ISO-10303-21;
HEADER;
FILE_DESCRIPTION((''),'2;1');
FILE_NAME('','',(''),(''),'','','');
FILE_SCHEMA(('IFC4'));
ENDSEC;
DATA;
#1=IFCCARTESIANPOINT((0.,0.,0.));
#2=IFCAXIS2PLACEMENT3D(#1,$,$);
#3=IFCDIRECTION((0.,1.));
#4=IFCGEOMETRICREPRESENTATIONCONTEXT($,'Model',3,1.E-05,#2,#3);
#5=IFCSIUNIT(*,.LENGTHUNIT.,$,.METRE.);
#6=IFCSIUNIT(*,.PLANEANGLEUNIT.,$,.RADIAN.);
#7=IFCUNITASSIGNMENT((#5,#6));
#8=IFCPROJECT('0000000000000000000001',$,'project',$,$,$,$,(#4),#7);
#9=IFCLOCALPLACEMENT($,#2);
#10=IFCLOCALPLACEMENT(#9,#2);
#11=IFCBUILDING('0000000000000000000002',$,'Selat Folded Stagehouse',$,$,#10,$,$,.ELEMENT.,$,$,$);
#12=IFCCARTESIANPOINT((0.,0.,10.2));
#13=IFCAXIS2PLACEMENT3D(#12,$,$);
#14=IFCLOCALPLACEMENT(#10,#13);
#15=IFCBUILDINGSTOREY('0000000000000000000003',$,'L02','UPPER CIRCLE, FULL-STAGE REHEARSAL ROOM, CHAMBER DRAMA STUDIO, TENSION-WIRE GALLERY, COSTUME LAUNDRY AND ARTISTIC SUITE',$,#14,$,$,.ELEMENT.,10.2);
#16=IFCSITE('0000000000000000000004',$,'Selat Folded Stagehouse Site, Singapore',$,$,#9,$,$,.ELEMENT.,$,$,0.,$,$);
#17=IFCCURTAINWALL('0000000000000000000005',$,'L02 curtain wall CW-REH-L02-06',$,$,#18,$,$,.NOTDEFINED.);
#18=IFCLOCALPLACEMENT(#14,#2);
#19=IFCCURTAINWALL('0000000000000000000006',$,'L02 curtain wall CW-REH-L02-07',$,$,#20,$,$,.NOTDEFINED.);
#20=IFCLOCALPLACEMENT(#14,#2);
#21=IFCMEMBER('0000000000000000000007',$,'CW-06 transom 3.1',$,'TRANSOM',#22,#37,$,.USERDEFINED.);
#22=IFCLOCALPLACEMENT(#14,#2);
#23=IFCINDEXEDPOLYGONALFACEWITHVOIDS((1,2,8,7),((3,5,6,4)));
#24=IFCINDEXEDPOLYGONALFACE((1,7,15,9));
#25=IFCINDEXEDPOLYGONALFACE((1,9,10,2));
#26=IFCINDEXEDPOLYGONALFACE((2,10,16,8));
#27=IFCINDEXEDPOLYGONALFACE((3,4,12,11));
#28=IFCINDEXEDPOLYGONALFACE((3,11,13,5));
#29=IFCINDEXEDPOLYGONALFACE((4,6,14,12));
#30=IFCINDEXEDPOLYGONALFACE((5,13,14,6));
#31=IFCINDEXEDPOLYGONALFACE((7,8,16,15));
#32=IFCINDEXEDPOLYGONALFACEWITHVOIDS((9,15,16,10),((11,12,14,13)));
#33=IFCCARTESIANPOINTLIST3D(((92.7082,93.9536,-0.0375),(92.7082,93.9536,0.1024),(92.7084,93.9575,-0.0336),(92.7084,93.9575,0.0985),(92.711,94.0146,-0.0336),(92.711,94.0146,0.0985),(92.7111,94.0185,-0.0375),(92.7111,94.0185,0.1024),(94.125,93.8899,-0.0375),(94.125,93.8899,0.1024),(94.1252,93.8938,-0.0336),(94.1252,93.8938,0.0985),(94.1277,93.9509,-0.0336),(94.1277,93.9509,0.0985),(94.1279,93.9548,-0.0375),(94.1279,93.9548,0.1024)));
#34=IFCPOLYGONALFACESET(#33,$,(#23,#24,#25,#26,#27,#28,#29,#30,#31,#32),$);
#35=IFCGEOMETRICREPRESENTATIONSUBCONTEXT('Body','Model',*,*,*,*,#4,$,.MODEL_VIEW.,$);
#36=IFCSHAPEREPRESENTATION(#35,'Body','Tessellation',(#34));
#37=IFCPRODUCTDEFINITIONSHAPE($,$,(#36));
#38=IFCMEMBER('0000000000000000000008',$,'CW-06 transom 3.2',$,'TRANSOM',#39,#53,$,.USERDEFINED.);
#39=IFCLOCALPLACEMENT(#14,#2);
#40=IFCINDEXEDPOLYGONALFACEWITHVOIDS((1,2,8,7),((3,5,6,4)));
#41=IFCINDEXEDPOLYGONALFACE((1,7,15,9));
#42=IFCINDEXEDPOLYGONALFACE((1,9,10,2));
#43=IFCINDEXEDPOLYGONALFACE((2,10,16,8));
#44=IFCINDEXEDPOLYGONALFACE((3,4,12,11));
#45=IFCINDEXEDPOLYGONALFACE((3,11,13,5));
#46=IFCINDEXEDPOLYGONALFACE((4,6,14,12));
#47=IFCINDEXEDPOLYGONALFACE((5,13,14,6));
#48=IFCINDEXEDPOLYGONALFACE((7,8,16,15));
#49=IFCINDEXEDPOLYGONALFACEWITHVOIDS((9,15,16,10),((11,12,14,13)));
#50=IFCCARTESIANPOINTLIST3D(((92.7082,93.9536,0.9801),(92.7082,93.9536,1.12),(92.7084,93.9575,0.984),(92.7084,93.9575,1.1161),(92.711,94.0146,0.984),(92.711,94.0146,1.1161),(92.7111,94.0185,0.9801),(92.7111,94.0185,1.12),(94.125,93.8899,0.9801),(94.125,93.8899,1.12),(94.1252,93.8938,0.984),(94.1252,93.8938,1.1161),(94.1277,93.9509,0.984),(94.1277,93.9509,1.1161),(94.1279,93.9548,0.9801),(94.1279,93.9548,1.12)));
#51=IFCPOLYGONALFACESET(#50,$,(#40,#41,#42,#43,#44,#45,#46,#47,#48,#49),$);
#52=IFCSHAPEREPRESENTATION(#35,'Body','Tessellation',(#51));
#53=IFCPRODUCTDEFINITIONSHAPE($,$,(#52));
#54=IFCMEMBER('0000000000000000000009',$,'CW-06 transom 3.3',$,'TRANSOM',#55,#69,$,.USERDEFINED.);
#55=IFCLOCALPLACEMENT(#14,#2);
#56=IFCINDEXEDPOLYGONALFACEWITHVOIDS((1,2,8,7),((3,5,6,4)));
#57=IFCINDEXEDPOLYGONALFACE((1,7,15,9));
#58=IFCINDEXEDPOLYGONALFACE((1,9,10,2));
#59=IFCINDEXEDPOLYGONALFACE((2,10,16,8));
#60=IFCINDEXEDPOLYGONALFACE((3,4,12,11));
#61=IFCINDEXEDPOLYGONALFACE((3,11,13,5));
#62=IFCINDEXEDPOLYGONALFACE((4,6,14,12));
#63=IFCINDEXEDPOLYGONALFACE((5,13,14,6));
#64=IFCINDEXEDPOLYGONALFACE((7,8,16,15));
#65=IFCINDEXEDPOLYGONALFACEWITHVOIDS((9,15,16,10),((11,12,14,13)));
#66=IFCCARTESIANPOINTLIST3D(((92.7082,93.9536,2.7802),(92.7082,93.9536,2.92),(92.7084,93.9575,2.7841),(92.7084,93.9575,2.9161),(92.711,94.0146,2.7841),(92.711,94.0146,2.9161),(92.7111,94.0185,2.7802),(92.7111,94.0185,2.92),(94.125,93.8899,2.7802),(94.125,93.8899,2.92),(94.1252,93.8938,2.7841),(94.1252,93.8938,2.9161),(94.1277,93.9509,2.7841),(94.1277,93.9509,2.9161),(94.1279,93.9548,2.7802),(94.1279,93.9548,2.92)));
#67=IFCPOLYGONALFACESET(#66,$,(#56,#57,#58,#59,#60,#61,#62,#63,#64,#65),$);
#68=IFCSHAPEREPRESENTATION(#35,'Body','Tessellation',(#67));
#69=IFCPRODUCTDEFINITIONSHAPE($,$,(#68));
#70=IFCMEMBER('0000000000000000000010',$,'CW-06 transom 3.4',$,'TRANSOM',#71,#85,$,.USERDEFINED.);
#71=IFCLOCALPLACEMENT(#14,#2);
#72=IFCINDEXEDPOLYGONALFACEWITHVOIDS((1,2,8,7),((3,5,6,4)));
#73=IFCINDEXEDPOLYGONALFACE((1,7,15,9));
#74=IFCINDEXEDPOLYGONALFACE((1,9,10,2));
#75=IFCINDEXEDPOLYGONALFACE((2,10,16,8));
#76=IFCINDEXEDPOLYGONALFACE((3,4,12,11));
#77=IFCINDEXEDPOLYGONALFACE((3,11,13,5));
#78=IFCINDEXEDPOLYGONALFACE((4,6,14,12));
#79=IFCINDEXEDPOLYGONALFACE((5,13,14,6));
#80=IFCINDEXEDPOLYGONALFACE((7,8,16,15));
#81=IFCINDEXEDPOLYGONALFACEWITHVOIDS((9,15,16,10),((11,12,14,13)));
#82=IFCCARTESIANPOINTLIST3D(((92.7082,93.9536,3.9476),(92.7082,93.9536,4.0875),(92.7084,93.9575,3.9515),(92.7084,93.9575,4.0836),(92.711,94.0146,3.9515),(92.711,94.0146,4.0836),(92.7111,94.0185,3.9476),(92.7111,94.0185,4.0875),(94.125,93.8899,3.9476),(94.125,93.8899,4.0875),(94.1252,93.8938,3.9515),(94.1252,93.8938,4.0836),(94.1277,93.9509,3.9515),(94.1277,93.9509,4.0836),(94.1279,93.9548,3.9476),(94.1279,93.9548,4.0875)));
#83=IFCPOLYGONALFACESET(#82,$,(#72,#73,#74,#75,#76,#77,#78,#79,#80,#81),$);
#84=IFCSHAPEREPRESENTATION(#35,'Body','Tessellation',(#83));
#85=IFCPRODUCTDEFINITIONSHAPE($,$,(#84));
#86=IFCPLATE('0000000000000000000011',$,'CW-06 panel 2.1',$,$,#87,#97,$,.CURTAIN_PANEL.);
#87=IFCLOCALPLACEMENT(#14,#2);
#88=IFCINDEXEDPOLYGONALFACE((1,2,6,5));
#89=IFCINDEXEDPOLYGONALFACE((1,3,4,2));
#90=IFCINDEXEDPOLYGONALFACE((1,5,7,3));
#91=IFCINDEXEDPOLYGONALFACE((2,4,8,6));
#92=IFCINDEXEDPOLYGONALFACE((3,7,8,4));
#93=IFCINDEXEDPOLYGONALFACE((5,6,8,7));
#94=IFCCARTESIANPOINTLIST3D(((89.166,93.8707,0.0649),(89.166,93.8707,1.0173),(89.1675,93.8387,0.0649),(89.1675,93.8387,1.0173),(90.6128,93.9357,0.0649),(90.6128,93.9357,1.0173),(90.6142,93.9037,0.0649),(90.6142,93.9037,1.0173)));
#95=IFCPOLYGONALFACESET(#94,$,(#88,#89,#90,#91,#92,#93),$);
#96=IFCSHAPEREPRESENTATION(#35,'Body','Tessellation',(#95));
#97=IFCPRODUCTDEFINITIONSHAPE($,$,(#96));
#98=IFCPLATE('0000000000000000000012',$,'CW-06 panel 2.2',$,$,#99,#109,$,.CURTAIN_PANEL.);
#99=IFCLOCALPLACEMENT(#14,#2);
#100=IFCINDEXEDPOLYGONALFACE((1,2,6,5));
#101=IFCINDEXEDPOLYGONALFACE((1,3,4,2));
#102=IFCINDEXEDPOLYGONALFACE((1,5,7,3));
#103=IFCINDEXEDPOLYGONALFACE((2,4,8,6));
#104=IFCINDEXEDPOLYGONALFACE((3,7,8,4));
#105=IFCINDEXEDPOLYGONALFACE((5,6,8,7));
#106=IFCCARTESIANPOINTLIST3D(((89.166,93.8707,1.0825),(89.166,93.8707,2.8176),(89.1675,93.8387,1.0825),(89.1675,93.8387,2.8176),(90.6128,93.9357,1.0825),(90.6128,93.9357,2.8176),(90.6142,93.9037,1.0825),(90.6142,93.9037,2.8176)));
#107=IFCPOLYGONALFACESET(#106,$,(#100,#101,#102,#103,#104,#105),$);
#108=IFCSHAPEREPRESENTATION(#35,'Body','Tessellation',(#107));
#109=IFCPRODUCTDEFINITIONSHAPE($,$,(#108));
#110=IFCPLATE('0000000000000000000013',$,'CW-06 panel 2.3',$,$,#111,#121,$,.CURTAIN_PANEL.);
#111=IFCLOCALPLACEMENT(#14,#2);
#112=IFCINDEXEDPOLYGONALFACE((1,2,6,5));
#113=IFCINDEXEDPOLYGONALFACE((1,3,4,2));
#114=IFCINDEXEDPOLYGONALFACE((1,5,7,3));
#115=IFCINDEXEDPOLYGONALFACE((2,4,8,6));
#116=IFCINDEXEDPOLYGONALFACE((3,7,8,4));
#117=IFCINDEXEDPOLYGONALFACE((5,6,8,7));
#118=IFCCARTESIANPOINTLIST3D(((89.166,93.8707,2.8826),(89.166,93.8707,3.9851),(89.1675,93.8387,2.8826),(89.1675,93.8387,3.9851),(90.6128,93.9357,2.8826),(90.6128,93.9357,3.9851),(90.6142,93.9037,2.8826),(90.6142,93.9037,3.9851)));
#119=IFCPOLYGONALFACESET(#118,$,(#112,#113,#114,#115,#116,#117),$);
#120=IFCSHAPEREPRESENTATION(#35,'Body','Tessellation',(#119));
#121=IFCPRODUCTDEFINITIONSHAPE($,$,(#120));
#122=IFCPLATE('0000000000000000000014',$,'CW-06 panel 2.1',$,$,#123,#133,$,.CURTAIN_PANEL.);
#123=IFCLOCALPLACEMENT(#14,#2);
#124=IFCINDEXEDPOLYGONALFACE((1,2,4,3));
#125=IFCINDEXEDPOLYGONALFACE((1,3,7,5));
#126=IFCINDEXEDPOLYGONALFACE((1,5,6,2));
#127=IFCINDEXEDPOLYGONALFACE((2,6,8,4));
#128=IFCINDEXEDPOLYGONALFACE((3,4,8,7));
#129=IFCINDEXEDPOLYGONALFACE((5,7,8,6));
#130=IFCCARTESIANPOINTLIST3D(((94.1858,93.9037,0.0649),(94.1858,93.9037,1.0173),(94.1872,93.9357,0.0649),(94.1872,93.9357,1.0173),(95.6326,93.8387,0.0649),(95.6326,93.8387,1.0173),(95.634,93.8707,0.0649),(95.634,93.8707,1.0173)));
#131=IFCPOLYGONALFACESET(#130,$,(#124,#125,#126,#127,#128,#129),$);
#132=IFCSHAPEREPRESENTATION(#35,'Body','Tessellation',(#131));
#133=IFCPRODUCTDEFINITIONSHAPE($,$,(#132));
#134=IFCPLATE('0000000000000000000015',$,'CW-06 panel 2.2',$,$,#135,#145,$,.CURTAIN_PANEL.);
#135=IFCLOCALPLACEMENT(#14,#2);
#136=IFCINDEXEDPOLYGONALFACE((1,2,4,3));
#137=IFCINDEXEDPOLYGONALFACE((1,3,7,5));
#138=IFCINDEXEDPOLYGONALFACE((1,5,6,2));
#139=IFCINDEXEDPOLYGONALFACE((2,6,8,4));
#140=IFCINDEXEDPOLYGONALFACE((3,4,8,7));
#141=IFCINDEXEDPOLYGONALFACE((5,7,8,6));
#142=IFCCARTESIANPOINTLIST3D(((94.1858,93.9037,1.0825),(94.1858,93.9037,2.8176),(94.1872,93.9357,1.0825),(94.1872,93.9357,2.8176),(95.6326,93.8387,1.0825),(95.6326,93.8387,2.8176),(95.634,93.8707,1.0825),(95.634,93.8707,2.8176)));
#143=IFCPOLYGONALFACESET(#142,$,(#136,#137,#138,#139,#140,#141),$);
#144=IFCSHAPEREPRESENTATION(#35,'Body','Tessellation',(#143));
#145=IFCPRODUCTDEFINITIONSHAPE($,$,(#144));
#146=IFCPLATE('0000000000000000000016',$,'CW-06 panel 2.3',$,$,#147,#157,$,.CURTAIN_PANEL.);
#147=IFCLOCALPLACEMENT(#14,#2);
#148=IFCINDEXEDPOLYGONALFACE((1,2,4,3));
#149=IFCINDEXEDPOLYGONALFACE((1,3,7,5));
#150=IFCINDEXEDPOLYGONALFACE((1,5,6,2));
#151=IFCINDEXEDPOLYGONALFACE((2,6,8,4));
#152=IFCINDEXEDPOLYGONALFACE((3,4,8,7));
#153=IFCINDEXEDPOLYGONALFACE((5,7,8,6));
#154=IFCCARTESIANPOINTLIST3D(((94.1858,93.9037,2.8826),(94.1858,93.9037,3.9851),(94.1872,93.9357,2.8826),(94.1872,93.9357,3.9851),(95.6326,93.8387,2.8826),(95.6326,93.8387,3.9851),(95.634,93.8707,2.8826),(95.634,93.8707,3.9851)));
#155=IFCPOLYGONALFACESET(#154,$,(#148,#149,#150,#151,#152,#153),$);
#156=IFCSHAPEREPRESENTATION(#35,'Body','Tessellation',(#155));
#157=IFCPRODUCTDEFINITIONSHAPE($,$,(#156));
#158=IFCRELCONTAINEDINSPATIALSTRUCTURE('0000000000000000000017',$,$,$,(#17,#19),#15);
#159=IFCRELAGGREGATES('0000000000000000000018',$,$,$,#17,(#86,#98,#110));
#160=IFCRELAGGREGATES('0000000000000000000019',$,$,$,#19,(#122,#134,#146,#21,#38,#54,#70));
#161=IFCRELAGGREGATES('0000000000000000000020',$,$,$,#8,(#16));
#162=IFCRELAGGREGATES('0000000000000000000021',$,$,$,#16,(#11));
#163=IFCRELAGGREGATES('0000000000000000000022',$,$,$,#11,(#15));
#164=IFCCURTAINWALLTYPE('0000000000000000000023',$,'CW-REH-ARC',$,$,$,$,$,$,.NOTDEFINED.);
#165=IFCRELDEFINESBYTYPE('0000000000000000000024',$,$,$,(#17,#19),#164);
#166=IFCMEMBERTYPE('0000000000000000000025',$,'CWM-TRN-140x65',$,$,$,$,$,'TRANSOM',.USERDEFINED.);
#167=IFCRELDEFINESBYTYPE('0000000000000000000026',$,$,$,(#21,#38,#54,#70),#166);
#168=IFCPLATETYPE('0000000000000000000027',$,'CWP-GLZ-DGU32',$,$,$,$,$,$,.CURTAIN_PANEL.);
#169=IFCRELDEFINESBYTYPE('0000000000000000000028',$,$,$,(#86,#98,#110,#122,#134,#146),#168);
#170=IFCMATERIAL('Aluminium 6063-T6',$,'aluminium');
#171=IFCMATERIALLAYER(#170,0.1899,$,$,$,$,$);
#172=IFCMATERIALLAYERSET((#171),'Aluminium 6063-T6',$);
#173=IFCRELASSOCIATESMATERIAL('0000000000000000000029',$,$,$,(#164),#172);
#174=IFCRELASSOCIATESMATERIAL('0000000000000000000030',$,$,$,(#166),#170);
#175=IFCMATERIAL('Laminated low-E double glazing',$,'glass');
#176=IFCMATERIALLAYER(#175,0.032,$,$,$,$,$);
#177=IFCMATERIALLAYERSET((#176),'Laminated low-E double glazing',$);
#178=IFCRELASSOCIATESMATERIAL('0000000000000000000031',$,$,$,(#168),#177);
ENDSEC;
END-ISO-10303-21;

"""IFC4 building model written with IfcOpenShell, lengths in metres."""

from ifc_helpers import new_model, si_unit, direction, frame, origin, origin_2d, place, context, subcontext, project, spatial, rectangle, hollow_rectangle, extrude, material, layer, layer_set, material_profile, profile_set, type_object, element, aggregate, save


model = new_model("IFC4")

# Units and contexts
model_context = context("Model", 3, precision=1e-05, world=origin(), true_north=direction((0.0, 1.0)))
body_context = subcontext(model_context, "Body", "Model", "MODEL_VIEW")
ifc_project = project(units=[si_unit("LENGTHUNIT", "METRE"), si_unit("PLANEANGLEUNIT", "RADIAN")], contexts=[model_context])

# Site, building, storey
site_placement = place(None, origin())
site = spatial("IfcSite", under=ifc_project, at=site_placement, Name="Selat Folded Stagehouse Site, Singapore", CompositionType="ELEMENT", RefElevation=0.0)
building_placement = place(site_placement, origin())
building = spatial("IfcBuilding", under=site, at=building_placement, Name="Selat Folded Stagehouse", CompositionType="ELEMENT")
storey_placement = place(building_placement, frame((0.0, 0.0, 10.2)))
storey = spatial("IfcBuildingStorey", under=building, at=storey_placement, Name="L02", Description="UPPER CIRCLE, FULL-STAGE REHEARSAL ROOM, CHAMBER DRAMA STUDIO, TENSION-WIRE GALLERY, COSTUME LAUNDRY AND ARTISTIC SUITE", CompositionType="ELEMENT", Elevation=10.2)

# Curtain wall
ifc_material_1 = material(Name="Aluminium 6063-T6", Category="aluminium")
ifc_layer_1 = layer(ifc_material_1, 0.1899)
ifc_layer_set_1 = layer_set([ifc_layer_1], Name="Aluminium 6063-T6")
curtain_wall_type = type_object("IfcCurtainWallType", Name="CW-REH-ARC", PredefinedType="NOTDEFINED", material=ifc_layer_set_1)
curtain_wall_1_placement = place(storey_placement, origin())
curtain_wall_1 = element("IfcCurtainWall", 1, at=curtain_wall_1_placement, inside=storey, type_object=curtain_wall_type, Name="L02 curtain wall CW-REH-L02-06", PredefinedType="NOTDEFINED")

# Curtain wall
curtain_wall_2_placement = place(storey_placement, origin())
curtain_wall_2 = element("IfcCurtainWall", 2, at=curtain_wall_2_placement, inside=storey, type_object=curtain_wall_type, Name="L02 curtain wall CW-REH-L02-07", PredefinedType="NOTDEFINED")

# Members
ifc_material_profile_1 = material_profile(ifc_material_1, hollow_rectangle(XDim=0.0649, YDim=0.1399, WallThickness=0.0039, at=origin_2d()), Name="ALU 140x65x4.0")
ifc_profile_set_1 = profile_set([ifc_material_profile_1], Name="Aluminium 6063-T6")
member_type_1 = type_object("IfcMemberType", Name="CWM-TRN-140x65", ElementType="TRANSOM", PredefinedType="USERDEFINED", material=ifc_profile_set_1)
member_1_placement = place(storey_placement, frame((94.1265, 93.9224, 0.0325), z_axis=(-0.99899, 0.044931, 0.0), x_axis=(-0.044931, -0.99899, 0.0)))
member_1 = element("IfcMember", 3, at=member_1_placement, type_object=member_type_1, Name="CW-06 transom 3.1", ObjectType="TRANSOM", PredefinedType="USERDEFINED", context=body_context, shape_type="SweptSolid", body=[
    extrude(hollow_rectangle(XDim=0.0649, YDim=0.1399, WallThickness=0.0039, at=origin_2d()), origin(), (0.0, 0.0, 1.0), 1.4182),
])
member_2_placement = place(storey_placement, frame((94.1265, 93.9224, 1.05), z_axis=(-0.99899, 0.044931, 0.0), x_axis=(-0.044931, -0.99899, 0.0)))
member_2 = element("IfcMember", 4, at=member_2_placement, type_object=member_type_1, Name="CW-06 transom 3.2", ObjectType="TRANSOM", PredefinedType="USERDEFINED", context=body_context, shape_type="SweptSolid", body=[
    extrude(hollow_rectangle(XDim=0.0649, YDim=0.1399, WallThickness=0.0039, at=origin_2d()), origin(), (0.0, 0.0, 1.0), 1.4182),
])
member_3_placement = place(storey_placement, frame((94.1265, 93.9224, 2.8501), z_axis=(-0.99899, 0.044931, 0.0), x_axis=(-0.044931, -0.99899, 0.0)))
member_3 = element("IfcMember", 5, at=member_3_placement, type_object=member_type_1, Name="CW-06 transom 3.3", ObjectType="TRANSOM", PredefinedType="USERDEFINED", context=body_context, shape_type="SweptSolid", body=[
    extrude(hollow_rectangle(XDim=0.0649, YDim=0.1399, WallThickness=0.0039, at=origin_2d()), origin(), (0.0, 0.0, 1.0), 1.4182),
])
member_4_placement = place(storey_placement, frame((94.1265, 93.9224, 4.0176), z_axis=(-0.99899, 0.044931, 0.0), x_axis=(-0.044931, -0.99899, 0.0)))
member_4 = element("IfcMember", 6, at=member_4_placement, type_object=member_type_1, Name="CW-06 transom 3.4", ObjectType="TRANSOM", PredefinedType="USERDEFINED", context=body_context, shape_type="SweptSolid", body=[
    extrude(hollow_rectangle(XDim=0.0649, YDim=0.1399, WallThickness=0.0039, at=origin_2d()), origin(), (0.0, 0.0, 1.0), 1.4182),
])

# Plates
ifc_material_2 = material(Name="Laminated low-E double glazing", Category="glass")
ifc_layer_2 = layer(ifc_material_2, 0.032)
ifc_layer_set_2 = layer_set([ifc_layer_2], Name="Laminated low-E double glazing")
plate_type = type_object("IfcPlateType", Name="CWP-GLZ-DGU32", PredefinedType="CURTAIN_PANEL", material=ifc_layer_set_2)
plate_1_placement = place(storey_placement, frame((89.8901, 93.8872, 0.0649), z_axis=(0.0, 0.0, 1.0), x_axis=(-0.998993, -0.044862, 0.0)))
plate_1 = element("IfcPlate", 7, at=plate_1_placement, type_object=plate_type, Name="CW-06 panel 2.1", PredefinedType="CURTAIN_PANEL", context=body_context, shape_type="SweptSolid", body=[
    extrude(rectangle(XDim=1.4482, YDim=0.032, at=origin_2d()), origin(), (0.0, 0.0, 1.0), 0.9524),
])
plate_2_placement = place(storey_placement, frame((89.8901, 93.8872, 1.0825), z_axis=(0.0, 0.0, 1.0), x_axis=(-0.998993, -0.044862, 0.0)))
plate_2 = element("IfcPlate", 8, at=plate_2_placement, type_object=plate_type, Name="CW-06 panel 2.2", PredefinedType="CURTAIN_PANEL", context=body_context, shape_type="SweptSolid", body=[
    extrude(rectangle(XDim=1.4482, YDim=0.032, at=origin_2d()), origin(), (0.0, 0.0, 1.0), 1.7351),
])
plate_3_placement = place(storey_placement, frame((89.8901, 93.8872, 2.8826), z_axis=(0.0, 0.0, 1.0), x_axis=(-0.998993, -0.044862, 0.0)))
plate_3 = element("IfcPlate", 9, at=plate_3_placement, type_object=plate_type, Name="CW-06 panel 2.3", PredefinedType="CURTAIN_PANEL", context=body_context, shape_type="SweptSolid", body=[
    extrude(rectangle(XDim=1.4482, YDim=0.032, at=origin_2d()), origin(), (0.0, 0.0, 1.0), 1.1025),
])
aggregate(curtain_wall_1, [plate_1, plate_2, plate_3])
plate_4_placement = place(storey_placement, frame((94.9099, 93.8872, 0.0649), z_axis=(0.0, 0.0, 1.0), x_axis=(-0.998993, 0.044862, 0.0)))
plate_4 = element("IfcPlate", 10, at=plate_4_placement, type_object=plate_type, Name="CW-06 panel 2.1", PredefinedType="CURTAIN_PANEL", context=body_context, shape_type="SweptSolid", body=[
    extrude(rectangle(XDim=1.4482, YDim=0.032, at=origin_2d()), origin(), (0.0, 0.0, 1.0), 0.9524),
])
plate_5_placement = place(storey_placement, frame((94.9099, 93.8872, 1.0825), z_axis=(0.0, 0.0, 1.0), x_axis=(-0.998993, 0.044862, 0.0)))
plate_5 = element("IfcPlate", 11, at=plate_5_placement, type_object=plate_type, Name="CW-06 panel 2.2", PredefinedType="CURTAIN_PANEL", context=body_context, shape_type="SweptSolid", body=[
    extrude(rectangle(XDim=1.4482, YDim=0.032, at=origin_2d()), origin(), (0.0, 0.0, 1.0), 1.7351),
])
plate_6_placement = place(storey_placement, frame((94.9099, 93.8872, 2.8826), z_axis=(0.0, 0.0, 1.0), x_axis=(-0.998993, 0.044862, 0.0)))
plate_6 = element("IfcPlate", 12, at=plate_6_placement, type_object=plate_type, Name="CW-06 panel 2.3", PredefinedType="CURTAIN_PANEL", context=body_context, shape_type="SweptSolid", body=[
    extrude(rectangle(XDim=1.4482, YDim=0.032, at=origin_2d()), origin(), (0.0, 0.0, 1.0), 1.1025),
])
aggregate(curtain_wall_2, [plate_4, plate_5, plate_6, member_1, member_2, member_3, member_4])

save(model, "model.ifc")
